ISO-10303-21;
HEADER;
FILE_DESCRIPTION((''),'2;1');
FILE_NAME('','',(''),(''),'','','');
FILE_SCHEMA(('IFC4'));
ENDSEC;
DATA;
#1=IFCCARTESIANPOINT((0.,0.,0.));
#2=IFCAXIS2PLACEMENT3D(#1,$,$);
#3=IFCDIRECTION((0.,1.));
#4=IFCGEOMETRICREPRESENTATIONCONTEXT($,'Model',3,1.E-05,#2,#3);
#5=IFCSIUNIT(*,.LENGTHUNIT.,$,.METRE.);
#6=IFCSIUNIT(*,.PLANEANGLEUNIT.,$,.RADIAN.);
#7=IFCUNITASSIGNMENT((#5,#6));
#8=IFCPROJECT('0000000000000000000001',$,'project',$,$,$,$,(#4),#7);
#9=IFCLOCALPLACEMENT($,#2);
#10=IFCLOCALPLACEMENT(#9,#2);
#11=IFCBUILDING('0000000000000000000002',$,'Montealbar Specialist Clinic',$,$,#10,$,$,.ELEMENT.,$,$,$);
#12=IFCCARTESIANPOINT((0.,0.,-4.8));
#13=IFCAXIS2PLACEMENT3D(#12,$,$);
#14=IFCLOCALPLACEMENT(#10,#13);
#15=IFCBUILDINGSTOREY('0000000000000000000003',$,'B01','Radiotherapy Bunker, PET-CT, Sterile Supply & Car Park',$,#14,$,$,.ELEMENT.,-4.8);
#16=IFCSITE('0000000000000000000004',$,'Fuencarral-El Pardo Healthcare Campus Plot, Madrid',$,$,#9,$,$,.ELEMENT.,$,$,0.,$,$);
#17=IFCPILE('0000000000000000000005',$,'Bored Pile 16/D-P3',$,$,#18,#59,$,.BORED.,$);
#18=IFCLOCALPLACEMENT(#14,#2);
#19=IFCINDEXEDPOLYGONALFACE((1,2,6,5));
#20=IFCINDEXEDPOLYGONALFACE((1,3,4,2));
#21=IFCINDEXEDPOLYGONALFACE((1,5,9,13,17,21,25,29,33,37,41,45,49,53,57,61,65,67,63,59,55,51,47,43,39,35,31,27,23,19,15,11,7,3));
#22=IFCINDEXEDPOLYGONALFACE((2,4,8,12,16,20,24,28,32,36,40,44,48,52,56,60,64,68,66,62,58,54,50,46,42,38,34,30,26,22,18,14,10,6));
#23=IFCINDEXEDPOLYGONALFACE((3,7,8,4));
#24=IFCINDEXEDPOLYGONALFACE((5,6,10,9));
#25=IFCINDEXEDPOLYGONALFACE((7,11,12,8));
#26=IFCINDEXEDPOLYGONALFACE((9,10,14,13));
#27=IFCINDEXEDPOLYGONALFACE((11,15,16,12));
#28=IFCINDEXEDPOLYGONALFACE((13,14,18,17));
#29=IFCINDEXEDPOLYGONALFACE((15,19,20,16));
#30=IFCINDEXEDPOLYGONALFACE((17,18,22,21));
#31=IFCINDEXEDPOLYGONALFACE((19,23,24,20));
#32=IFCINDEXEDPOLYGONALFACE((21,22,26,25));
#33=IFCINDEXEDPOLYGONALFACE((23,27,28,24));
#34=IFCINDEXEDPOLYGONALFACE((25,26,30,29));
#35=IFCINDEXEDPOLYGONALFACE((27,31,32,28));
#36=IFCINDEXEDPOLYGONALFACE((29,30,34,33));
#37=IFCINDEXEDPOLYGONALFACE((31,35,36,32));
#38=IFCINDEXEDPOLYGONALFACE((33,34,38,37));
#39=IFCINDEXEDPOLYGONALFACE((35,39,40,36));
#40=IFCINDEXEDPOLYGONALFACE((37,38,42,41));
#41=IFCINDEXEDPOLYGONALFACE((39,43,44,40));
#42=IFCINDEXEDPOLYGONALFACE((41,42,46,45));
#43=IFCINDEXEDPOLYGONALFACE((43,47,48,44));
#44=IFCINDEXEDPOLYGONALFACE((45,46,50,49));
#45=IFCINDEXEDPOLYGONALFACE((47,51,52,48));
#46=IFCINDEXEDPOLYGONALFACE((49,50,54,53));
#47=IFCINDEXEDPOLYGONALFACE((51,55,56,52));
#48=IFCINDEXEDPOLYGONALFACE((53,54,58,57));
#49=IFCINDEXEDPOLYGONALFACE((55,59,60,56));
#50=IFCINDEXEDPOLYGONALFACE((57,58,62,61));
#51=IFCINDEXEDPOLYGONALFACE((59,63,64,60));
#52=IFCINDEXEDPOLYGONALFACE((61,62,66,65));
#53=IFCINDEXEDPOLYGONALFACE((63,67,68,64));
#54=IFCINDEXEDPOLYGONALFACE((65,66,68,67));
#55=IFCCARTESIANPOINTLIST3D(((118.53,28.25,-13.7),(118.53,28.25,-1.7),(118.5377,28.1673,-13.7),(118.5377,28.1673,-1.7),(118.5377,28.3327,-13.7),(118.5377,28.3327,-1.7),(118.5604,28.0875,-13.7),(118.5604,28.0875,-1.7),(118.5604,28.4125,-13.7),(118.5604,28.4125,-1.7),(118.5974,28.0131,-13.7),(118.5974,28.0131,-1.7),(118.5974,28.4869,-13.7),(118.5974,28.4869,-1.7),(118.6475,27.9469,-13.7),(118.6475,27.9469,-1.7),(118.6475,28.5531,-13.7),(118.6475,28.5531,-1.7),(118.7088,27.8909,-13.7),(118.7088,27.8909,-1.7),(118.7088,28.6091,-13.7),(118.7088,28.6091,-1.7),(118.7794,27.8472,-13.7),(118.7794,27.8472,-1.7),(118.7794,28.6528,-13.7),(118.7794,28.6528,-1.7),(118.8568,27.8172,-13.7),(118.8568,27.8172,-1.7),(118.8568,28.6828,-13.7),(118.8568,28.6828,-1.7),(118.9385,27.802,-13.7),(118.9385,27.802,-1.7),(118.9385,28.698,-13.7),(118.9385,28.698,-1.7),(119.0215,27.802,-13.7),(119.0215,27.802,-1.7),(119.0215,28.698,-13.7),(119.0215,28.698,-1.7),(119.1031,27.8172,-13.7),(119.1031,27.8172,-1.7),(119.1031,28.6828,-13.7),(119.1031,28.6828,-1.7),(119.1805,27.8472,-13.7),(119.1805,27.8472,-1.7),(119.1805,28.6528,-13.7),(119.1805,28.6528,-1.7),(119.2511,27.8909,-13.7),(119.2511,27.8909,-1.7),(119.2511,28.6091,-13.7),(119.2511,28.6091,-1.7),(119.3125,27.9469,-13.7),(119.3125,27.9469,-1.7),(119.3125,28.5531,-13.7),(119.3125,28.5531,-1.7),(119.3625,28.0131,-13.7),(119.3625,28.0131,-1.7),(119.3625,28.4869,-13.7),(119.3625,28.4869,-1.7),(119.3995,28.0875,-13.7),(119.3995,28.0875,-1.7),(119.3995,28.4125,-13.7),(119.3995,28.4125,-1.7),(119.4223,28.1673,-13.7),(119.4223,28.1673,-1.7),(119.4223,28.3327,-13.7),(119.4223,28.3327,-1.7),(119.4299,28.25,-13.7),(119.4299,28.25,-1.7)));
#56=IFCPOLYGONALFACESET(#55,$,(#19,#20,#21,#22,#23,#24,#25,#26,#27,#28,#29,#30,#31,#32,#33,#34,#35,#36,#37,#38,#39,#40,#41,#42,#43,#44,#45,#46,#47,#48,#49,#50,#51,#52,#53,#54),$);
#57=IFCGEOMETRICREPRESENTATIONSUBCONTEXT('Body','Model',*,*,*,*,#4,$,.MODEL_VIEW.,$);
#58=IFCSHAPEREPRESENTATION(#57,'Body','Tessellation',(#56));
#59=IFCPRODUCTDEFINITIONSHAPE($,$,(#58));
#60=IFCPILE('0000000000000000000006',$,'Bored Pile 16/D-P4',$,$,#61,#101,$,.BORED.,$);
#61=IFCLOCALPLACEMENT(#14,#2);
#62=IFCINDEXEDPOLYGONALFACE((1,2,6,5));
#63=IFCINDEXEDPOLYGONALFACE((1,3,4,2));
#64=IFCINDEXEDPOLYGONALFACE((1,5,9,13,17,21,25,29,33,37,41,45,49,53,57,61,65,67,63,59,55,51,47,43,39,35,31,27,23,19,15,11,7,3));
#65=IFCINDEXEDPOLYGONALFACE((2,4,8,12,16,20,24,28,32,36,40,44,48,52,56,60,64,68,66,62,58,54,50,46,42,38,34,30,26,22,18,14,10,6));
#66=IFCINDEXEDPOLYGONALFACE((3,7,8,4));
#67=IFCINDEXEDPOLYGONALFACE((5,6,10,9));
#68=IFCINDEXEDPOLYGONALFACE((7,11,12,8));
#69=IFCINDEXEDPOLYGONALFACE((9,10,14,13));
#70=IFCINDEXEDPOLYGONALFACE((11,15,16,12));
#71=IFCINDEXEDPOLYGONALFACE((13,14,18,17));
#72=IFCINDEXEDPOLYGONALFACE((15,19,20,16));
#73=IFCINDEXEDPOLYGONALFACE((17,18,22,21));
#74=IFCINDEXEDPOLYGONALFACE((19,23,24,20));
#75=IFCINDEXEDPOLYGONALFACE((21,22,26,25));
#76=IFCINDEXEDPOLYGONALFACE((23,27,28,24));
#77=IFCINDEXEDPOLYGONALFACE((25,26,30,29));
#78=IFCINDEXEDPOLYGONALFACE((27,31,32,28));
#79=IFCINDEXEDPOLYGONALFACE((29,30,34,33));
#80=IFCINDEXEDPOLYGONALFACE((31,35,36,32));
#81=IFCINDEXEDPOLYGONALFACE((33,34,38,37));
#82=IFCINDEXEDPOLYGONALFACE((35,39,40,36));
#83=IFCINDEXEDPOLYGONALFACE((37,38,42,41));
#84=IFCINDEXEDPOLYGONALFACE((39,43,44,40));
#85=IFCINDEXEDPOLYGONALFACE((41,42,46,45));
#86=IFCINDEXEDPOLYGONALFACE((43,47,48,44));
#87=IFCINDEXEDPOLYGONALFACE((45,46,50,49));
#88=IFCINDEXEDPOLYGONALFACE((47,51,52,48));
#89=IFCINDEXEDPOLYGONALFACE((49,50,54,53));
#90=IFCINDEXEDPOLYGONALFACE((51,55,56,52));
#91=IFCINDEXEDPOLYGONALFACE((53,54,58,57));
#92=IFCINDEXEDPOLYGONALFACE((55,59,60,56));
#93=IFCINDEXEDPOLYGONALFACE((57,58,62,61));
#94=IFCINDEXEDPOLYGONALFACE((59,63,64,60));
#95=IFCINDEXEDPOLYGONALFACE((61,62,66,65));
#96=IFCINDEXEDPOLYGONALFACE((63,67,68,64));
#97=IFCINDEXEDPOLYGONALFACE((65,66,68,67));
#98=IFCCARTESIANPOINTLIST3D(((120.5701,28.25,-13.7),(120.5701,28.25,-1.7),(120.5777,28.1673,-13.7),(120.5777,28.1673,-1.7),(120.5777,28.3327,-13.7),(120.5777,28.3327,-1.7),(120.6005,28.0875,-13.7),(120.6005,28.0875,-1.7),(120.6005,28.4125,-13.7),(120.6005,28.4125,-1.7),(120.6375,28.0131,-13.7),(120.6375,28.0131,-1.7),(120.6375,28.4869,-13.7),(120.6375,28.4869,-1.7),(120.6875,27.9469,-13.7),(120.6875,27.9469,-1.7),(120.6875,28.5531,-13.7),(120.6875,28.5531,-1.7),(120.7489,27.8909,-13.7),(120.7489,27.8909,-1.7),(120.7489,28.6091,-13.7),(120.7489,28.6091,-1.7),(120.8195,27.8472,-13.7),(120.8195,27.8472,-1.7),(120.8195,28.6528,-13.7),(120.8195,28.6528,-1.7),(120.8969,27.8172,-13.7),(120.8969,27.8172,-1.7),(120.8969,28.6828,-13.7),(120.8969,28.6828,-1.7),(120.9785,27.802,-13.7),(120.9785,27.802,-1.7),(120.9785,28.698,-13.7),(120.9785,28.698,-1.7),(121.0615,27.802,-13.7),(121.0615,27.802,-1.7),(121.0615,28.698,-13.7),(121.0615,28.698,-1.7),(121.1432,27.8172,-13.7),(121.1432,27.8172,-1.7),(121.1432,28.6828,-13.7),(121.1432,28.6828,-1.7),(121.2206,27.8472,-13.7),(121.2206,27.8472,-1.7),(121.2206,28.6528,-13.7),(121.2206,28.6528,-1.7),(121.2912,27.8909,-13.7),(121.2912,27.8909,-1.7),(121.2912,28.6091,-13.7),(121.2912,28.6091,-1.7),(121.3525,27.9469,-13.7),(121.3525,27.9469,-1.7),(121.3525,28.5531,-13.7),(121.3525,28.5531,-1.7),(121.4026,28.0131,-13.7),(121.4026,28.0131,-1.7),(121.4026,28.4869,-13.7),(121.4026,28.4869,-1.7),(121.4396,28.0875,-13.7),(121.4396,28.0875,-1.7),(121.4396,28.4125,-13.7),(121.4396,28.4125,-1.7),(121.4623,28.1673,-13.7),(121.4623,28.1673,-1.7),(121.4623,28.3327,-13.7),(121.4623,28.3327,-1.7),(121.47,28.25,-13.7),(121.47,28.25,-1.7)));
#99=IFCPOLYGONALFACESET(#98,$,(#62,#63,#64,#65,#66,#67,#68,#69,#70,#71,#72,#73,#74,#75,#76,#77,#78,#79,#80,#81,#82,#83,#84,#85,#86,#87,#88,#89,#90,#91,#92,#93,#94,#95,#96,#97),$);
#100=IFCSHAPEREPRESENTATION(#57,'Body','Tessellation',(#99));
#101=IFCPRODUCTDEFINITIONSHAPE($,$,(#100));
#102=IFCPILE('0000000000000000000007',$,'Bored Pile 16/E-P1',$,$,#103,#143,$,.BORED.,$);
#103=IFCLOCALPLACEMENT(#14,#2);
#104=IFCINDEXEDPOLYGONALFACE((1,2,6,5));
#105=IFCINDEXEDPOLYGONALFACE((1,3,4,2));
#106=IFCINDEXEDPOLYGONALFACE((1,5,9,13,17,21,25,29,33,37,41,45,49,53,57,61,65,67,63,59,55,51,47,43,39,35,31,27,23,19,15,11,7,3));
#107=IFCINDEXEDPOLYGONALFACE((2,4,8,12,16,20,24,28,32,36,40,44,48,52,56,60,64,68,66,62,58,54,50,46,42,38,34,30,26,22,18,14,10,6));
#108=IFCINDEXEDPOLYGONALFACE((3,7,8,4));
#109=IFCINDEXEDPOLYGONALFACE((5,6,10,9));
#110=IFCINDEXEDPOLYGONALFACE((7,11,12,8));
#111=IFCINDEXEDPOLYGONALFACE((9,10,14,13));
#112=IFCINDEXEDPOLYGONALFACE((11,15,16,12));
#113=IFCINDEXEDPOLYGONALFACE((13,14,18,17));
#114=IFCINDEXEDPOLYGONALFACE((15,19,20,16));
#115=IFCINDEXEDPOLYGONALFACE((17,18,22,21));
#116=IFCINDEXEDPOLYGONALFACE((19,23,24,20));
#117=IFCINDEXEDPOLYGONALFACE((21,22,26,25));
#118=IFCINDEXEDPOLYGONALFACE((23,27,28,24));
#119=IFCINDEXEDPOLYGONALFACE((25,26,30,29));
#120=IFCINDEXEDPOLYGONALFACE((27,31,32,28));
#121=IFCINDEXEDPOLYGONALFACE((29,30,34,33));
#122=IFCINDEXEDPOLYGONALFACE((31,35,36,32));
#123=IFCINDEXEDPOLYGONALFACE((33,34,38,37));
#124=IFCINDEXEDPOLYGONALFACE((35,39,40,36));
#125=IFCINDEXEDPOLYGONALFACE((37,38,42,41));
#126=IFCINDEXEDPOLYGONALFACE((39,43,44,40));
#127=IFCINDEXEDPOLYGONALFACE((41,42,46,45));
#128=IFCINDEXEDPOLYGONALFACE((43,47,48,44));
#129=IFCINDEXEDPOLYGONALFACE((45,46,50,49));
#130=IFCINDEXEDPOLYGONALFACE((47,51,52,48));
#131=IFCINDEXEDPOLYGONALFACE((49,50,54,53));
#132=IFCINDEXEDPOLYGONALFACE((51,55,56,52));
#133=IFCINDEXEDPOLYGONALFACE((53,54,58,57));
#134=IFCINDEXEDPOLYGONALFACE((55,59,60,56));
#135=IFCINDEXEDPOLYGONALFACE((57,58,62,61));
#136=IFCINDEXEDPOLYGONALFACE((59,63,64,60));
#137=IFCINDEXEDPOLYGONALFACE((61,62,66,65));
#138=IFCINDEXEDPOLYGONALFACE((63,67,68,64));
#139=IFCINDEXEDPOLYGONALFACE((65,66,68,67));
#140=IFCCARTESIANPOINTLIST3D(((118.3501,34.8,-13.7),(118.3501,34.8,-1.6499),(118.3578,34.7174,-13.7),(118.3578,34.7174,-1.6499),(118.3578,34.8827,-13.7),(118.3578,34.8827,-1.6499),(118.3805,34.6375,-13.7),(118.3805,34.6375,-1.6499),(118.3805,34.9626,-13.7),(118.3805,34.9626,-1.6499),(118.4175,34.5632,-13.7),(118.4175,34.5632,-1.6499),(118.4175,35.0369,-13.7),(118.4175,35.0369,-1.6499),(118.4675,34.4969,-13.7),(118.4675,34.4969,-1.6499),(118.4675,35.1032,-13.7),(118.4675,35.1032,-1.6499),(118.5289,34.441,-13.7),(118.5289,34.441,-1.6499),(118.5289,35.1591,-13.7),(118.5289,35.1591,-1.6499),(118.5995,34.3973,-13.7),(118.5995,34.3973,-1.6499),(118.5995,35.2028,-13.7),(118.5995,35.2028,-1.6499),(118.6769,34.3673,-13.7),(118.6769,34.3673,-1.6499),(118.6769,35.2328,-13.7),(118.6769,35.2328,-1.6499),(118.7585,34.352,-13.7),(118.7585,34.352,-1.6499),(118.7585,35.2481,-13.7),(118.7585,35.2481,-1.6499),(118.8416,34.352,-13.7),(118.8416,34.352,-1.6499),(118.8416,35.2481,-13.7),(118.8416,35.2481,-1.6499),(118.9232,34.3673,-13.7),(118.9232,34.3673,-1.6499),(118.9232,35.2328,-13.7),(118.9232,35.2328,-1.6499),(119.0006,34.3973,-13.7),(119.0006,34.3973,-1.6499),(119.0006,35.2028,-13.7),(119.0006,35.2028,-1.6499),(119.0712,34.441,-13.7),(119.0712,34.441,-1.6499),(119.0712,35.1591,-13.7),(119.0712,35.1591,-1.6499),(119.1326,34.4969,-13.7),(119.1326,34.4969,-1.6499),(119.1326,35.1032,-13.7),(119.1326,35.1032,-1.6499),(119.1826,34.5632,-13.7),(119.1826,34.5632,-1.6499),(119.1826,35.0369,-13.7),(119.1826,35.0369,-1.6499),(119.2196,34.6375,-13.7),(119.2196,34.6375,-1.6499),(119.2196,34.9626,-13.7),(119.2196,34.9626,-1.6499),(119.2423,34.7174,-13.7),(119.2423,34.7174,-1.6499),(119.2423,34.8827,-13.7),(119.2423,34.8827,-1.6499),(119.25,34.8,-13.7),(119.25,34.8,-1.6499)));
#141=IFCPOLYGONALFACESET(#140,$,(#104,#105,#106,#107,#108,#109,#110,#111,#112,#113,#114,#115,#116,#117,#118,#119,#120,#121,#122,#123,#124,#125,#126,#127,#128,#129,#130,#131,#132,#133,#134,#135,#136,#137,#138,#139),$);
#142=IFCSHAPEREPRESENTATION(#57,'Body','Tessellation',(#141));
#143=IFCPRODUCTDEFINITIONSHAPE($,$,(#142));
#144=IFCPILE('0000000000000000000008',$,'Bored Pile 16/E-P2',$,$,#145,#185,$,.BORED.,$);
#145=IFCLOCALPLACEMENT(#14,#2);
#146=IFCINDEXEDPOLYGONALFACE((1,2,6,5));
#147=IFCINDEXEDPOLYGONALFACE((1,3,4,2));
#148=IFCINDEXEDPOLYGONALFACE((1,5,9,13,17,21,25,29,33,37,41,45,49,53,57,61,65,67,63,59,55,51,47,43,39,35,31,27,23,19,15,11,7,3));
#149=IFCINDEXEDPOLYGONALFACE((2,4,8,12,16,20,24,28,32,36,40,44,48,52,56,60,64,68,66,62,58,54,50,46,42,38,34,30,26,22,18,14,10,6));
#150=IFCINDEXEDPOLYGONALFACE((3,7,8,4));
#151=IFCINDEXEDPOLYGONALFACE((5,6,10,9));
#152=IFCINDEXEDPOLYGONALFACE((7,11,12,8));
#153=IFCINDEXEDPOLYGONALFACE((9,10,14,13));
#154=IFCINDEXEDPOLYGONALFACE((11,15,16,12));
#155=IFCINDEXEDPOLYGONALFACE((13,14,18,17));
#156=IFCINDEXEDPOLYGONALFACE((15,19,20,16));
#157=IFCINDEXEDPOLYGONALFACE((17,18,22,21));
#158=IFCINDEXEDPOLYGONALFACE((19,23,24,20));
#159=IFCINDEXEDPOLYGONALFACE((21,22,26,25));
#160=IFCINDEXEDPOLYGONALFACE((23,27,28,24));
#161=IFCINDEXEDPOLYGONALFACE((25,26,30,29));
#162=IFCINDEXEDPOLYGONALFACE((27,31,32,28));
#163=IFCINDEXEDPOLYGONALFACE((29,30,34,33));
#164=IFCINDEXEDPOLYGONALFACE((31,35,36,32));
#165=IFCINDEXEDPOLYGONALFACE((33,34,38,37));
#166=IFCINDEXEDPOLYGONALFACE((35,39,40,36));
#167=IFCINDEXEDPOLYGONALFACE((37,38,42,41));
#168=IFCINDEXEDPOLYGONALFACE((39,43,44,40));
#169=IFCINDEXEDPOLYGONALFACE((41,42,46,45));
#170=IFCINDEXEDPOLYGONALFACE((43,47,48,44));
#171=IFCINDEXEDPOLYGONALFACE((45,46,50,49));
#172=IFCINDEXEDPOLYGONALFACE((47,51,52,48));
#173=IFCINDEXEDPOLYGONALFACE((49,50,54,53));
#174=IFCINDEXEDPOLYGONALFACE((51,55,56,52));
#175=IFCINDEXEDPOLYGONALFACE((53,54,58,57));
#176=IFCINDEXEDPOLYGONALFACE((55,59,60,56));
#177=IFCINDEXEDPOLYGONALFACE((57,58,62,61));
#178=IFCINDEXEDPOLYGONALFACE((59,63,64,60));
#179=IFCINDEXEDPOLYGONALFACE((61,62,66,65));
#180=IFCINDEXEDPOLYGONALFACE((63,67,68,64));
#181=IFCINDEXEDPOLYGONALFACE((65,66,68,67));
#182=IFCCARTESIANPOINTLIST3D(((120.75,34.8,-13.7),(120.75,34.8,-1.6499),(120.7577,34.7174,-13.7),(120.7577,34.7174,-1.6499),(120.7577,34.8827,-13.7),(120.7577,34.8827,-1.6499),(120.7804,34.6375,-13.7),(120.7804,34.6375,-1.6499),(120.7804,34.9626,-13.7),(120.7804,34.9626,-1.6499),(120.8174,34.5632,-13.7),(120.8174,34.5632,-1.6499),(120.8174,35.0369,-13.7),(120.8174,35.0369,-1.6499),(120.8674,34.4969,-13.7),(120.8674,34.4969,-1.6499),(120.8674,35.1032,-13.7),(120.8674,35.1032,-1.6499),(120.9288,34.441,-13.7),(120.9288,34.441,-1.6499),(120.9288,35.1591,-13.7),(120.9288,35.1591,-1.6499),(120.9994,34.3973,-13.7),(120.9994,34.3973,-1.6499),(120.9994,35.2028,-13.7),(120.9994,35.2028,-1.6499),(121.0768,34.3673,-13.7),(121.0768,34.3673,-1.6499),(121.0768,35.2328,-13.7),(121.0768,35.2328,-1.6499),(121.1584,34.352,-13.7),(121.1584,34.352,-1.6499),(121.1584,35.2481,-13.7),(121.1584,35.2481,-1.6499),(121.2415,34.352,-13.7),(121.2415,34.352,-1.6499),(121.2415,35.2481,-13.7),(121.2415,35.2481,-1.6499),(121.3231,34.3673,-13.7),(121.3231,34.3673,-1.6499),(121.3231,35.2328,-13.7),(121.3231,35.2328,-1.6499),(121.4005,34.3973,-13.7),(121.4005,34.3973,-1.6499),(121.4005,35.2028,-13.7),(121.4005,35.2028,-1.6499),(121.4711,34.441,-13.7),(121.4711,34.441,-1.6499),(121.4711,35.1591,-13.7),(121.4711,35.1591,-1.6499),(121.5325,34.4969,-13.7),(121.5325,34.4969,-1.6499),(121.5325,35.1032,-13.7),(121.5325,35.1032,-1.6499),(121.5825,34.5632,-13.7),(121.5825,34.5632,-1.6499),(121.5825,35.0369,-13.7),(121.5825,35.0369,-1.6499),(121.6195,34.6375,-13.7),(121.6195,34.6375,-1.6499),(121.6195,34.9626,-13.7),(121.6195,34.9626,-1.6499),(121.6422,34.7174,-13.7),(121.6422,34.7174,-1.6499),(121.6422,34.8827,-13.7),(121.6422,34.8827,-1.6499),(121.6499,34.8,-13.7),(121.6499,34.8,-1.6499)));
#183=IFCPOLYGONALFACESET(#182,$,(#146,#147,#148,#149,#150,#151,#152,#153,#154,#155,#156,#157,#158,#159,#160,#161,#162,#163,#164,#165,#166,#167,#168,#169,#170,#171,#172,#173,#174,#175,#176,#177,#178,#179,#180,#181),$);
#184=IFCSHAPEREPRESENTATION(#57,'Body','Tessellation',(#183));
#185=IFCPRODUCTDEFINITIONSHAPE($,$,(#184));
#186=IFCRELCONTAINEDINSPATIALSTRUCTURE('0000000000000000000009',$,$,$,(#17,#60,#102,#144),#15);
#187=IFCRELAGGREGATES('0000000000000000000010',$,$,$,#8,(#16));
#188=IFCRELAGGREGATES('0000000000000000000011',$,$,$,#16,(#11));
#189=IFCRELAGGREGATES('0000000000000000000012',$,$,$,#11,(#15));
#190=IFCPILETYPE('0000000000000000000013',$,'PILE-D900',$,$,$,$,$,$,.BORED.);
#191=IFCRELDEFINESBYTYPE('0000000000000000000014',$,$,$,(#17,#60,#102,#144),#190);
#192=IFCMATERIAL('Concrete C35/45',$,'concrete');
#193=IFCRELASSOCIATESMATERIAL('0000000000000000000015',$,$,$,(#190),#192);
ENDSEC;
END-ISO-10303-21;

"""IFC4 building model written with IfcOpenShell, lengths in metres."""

from ifc_helpers import new_model, si_unit, direction, frame, origin, origin_2d, place, context, subcontext, project, spatial, circle, extrude, material, material_profile, profile_set, type_object, element, save


model = new_model("IFC4")

# Units and contexts
model_context = context("Model", 3, precision=1e-05, world=origin(), true_north=direction((0.0, 1.0)))
body_context = subcontext(model_context, "Body", "Model", "MODEL_VIEW")
ifc_project = project(units=[si_unit("LENGTHUNIT", "METRE"), si_unit("PLANEANGLEUNIT", "RADIAN")], contexts=[model_context])

# Site, building, storey
site_placement = place(None, origin())
site = spatial("IfcSite", under=ifc_project, at=site_placement, Name="Fuencarral-El Pardo Healthcare Campus Plot, Madrid", CompositionType="ELEMENT", RefElevation=0.0)
building_placement = place(site_placement, origin())
building = spatial("IfcBuilding", under=site, at=building_placement, Name="Montealbar Specialist Clinic", CompositionType="ELEMENT")
storey_placement = place(building_placement, frame((0.0, 0.0, -4.8)))
storey = spatial("IfcBuildingStorey", under=building, at=storey_placement, Name="B01", Description="Radiotherapy Bunker, PET-CT, Sterile Supply & Car Park", CompositionType="ELEMENT", Elevation=-4.8)

# Shared definitions
ifc_material_1 = material(Name="Concrete C35/45", Category="concrete")

# Piles
ifc_material_profile_1 = material_profile(ifc_material_1, circle(Radius=0.45, at=origin_2d()), Name="PILE D900", Category="concrete")
ifc_profile_set_1 = profile_set([ifc_material_profile_1], Name="Concrete C35/45")
pile_type_1 = type_object("IfcPileType", Name="PILE-D900", PredefinedType="BORED", material=ifc_profile_set_1)
for number, where, z_axis, x_axis, name in (
    (1, (118.98, 28.25, -1.7), (0.0, 0.0, -1.0), (1.0, 0.0, 0.0), "Bored Pile 16/D-P3"),
    (2, (121.02, 28.25, -1.7), (0.0, 0.0, -1.0), (1.0, 0.0, 0.0), "Bored Pile 16/D-P4"),
):
    element("IfcPile", number, at=place(storey_placement, frame(where, z_axis=z_axis, x_axis=x_axis)), inside=storey, type_object=pile_type_1, Name=name, PredefinedType="BORED", context=body_context, shape_type="SweptSolid", body=[
        extrude(circle(Radius=0.45, at=origin_2d()), origin(), (0.0, 0.0, 1.0), 12.0),
    ])
for number, where, z_axis, x_axis, name in (
    (3, (118.8, 34.8, -1.6499), (0.0, 0.0, -1.0), (1.0, 0.0, 0.0), "Bored Pile 16/E-P1"),
    (4, (121.2, 34.8, -1.6499), (0.0, 0.0, -1.0), (1.0, 0.0, 0.0), "Bored Pile 16/E-P2"),
):
    element("IfcPile", number, at=place(storey_placement, frame(where, z_axis=z_axis, x_axis=x_axis)), inside=storey, type_object=pile_type_1, Name=name, PredefinedType="BORED", context=body_context, shape_type="SweptSolid", body=[
        extrude(circle(Radius=0.45, at=origin_2d()), origin(), (0.0, 0.0, 1.0), 12.05),
    ])

save(model, "model.ifc")
